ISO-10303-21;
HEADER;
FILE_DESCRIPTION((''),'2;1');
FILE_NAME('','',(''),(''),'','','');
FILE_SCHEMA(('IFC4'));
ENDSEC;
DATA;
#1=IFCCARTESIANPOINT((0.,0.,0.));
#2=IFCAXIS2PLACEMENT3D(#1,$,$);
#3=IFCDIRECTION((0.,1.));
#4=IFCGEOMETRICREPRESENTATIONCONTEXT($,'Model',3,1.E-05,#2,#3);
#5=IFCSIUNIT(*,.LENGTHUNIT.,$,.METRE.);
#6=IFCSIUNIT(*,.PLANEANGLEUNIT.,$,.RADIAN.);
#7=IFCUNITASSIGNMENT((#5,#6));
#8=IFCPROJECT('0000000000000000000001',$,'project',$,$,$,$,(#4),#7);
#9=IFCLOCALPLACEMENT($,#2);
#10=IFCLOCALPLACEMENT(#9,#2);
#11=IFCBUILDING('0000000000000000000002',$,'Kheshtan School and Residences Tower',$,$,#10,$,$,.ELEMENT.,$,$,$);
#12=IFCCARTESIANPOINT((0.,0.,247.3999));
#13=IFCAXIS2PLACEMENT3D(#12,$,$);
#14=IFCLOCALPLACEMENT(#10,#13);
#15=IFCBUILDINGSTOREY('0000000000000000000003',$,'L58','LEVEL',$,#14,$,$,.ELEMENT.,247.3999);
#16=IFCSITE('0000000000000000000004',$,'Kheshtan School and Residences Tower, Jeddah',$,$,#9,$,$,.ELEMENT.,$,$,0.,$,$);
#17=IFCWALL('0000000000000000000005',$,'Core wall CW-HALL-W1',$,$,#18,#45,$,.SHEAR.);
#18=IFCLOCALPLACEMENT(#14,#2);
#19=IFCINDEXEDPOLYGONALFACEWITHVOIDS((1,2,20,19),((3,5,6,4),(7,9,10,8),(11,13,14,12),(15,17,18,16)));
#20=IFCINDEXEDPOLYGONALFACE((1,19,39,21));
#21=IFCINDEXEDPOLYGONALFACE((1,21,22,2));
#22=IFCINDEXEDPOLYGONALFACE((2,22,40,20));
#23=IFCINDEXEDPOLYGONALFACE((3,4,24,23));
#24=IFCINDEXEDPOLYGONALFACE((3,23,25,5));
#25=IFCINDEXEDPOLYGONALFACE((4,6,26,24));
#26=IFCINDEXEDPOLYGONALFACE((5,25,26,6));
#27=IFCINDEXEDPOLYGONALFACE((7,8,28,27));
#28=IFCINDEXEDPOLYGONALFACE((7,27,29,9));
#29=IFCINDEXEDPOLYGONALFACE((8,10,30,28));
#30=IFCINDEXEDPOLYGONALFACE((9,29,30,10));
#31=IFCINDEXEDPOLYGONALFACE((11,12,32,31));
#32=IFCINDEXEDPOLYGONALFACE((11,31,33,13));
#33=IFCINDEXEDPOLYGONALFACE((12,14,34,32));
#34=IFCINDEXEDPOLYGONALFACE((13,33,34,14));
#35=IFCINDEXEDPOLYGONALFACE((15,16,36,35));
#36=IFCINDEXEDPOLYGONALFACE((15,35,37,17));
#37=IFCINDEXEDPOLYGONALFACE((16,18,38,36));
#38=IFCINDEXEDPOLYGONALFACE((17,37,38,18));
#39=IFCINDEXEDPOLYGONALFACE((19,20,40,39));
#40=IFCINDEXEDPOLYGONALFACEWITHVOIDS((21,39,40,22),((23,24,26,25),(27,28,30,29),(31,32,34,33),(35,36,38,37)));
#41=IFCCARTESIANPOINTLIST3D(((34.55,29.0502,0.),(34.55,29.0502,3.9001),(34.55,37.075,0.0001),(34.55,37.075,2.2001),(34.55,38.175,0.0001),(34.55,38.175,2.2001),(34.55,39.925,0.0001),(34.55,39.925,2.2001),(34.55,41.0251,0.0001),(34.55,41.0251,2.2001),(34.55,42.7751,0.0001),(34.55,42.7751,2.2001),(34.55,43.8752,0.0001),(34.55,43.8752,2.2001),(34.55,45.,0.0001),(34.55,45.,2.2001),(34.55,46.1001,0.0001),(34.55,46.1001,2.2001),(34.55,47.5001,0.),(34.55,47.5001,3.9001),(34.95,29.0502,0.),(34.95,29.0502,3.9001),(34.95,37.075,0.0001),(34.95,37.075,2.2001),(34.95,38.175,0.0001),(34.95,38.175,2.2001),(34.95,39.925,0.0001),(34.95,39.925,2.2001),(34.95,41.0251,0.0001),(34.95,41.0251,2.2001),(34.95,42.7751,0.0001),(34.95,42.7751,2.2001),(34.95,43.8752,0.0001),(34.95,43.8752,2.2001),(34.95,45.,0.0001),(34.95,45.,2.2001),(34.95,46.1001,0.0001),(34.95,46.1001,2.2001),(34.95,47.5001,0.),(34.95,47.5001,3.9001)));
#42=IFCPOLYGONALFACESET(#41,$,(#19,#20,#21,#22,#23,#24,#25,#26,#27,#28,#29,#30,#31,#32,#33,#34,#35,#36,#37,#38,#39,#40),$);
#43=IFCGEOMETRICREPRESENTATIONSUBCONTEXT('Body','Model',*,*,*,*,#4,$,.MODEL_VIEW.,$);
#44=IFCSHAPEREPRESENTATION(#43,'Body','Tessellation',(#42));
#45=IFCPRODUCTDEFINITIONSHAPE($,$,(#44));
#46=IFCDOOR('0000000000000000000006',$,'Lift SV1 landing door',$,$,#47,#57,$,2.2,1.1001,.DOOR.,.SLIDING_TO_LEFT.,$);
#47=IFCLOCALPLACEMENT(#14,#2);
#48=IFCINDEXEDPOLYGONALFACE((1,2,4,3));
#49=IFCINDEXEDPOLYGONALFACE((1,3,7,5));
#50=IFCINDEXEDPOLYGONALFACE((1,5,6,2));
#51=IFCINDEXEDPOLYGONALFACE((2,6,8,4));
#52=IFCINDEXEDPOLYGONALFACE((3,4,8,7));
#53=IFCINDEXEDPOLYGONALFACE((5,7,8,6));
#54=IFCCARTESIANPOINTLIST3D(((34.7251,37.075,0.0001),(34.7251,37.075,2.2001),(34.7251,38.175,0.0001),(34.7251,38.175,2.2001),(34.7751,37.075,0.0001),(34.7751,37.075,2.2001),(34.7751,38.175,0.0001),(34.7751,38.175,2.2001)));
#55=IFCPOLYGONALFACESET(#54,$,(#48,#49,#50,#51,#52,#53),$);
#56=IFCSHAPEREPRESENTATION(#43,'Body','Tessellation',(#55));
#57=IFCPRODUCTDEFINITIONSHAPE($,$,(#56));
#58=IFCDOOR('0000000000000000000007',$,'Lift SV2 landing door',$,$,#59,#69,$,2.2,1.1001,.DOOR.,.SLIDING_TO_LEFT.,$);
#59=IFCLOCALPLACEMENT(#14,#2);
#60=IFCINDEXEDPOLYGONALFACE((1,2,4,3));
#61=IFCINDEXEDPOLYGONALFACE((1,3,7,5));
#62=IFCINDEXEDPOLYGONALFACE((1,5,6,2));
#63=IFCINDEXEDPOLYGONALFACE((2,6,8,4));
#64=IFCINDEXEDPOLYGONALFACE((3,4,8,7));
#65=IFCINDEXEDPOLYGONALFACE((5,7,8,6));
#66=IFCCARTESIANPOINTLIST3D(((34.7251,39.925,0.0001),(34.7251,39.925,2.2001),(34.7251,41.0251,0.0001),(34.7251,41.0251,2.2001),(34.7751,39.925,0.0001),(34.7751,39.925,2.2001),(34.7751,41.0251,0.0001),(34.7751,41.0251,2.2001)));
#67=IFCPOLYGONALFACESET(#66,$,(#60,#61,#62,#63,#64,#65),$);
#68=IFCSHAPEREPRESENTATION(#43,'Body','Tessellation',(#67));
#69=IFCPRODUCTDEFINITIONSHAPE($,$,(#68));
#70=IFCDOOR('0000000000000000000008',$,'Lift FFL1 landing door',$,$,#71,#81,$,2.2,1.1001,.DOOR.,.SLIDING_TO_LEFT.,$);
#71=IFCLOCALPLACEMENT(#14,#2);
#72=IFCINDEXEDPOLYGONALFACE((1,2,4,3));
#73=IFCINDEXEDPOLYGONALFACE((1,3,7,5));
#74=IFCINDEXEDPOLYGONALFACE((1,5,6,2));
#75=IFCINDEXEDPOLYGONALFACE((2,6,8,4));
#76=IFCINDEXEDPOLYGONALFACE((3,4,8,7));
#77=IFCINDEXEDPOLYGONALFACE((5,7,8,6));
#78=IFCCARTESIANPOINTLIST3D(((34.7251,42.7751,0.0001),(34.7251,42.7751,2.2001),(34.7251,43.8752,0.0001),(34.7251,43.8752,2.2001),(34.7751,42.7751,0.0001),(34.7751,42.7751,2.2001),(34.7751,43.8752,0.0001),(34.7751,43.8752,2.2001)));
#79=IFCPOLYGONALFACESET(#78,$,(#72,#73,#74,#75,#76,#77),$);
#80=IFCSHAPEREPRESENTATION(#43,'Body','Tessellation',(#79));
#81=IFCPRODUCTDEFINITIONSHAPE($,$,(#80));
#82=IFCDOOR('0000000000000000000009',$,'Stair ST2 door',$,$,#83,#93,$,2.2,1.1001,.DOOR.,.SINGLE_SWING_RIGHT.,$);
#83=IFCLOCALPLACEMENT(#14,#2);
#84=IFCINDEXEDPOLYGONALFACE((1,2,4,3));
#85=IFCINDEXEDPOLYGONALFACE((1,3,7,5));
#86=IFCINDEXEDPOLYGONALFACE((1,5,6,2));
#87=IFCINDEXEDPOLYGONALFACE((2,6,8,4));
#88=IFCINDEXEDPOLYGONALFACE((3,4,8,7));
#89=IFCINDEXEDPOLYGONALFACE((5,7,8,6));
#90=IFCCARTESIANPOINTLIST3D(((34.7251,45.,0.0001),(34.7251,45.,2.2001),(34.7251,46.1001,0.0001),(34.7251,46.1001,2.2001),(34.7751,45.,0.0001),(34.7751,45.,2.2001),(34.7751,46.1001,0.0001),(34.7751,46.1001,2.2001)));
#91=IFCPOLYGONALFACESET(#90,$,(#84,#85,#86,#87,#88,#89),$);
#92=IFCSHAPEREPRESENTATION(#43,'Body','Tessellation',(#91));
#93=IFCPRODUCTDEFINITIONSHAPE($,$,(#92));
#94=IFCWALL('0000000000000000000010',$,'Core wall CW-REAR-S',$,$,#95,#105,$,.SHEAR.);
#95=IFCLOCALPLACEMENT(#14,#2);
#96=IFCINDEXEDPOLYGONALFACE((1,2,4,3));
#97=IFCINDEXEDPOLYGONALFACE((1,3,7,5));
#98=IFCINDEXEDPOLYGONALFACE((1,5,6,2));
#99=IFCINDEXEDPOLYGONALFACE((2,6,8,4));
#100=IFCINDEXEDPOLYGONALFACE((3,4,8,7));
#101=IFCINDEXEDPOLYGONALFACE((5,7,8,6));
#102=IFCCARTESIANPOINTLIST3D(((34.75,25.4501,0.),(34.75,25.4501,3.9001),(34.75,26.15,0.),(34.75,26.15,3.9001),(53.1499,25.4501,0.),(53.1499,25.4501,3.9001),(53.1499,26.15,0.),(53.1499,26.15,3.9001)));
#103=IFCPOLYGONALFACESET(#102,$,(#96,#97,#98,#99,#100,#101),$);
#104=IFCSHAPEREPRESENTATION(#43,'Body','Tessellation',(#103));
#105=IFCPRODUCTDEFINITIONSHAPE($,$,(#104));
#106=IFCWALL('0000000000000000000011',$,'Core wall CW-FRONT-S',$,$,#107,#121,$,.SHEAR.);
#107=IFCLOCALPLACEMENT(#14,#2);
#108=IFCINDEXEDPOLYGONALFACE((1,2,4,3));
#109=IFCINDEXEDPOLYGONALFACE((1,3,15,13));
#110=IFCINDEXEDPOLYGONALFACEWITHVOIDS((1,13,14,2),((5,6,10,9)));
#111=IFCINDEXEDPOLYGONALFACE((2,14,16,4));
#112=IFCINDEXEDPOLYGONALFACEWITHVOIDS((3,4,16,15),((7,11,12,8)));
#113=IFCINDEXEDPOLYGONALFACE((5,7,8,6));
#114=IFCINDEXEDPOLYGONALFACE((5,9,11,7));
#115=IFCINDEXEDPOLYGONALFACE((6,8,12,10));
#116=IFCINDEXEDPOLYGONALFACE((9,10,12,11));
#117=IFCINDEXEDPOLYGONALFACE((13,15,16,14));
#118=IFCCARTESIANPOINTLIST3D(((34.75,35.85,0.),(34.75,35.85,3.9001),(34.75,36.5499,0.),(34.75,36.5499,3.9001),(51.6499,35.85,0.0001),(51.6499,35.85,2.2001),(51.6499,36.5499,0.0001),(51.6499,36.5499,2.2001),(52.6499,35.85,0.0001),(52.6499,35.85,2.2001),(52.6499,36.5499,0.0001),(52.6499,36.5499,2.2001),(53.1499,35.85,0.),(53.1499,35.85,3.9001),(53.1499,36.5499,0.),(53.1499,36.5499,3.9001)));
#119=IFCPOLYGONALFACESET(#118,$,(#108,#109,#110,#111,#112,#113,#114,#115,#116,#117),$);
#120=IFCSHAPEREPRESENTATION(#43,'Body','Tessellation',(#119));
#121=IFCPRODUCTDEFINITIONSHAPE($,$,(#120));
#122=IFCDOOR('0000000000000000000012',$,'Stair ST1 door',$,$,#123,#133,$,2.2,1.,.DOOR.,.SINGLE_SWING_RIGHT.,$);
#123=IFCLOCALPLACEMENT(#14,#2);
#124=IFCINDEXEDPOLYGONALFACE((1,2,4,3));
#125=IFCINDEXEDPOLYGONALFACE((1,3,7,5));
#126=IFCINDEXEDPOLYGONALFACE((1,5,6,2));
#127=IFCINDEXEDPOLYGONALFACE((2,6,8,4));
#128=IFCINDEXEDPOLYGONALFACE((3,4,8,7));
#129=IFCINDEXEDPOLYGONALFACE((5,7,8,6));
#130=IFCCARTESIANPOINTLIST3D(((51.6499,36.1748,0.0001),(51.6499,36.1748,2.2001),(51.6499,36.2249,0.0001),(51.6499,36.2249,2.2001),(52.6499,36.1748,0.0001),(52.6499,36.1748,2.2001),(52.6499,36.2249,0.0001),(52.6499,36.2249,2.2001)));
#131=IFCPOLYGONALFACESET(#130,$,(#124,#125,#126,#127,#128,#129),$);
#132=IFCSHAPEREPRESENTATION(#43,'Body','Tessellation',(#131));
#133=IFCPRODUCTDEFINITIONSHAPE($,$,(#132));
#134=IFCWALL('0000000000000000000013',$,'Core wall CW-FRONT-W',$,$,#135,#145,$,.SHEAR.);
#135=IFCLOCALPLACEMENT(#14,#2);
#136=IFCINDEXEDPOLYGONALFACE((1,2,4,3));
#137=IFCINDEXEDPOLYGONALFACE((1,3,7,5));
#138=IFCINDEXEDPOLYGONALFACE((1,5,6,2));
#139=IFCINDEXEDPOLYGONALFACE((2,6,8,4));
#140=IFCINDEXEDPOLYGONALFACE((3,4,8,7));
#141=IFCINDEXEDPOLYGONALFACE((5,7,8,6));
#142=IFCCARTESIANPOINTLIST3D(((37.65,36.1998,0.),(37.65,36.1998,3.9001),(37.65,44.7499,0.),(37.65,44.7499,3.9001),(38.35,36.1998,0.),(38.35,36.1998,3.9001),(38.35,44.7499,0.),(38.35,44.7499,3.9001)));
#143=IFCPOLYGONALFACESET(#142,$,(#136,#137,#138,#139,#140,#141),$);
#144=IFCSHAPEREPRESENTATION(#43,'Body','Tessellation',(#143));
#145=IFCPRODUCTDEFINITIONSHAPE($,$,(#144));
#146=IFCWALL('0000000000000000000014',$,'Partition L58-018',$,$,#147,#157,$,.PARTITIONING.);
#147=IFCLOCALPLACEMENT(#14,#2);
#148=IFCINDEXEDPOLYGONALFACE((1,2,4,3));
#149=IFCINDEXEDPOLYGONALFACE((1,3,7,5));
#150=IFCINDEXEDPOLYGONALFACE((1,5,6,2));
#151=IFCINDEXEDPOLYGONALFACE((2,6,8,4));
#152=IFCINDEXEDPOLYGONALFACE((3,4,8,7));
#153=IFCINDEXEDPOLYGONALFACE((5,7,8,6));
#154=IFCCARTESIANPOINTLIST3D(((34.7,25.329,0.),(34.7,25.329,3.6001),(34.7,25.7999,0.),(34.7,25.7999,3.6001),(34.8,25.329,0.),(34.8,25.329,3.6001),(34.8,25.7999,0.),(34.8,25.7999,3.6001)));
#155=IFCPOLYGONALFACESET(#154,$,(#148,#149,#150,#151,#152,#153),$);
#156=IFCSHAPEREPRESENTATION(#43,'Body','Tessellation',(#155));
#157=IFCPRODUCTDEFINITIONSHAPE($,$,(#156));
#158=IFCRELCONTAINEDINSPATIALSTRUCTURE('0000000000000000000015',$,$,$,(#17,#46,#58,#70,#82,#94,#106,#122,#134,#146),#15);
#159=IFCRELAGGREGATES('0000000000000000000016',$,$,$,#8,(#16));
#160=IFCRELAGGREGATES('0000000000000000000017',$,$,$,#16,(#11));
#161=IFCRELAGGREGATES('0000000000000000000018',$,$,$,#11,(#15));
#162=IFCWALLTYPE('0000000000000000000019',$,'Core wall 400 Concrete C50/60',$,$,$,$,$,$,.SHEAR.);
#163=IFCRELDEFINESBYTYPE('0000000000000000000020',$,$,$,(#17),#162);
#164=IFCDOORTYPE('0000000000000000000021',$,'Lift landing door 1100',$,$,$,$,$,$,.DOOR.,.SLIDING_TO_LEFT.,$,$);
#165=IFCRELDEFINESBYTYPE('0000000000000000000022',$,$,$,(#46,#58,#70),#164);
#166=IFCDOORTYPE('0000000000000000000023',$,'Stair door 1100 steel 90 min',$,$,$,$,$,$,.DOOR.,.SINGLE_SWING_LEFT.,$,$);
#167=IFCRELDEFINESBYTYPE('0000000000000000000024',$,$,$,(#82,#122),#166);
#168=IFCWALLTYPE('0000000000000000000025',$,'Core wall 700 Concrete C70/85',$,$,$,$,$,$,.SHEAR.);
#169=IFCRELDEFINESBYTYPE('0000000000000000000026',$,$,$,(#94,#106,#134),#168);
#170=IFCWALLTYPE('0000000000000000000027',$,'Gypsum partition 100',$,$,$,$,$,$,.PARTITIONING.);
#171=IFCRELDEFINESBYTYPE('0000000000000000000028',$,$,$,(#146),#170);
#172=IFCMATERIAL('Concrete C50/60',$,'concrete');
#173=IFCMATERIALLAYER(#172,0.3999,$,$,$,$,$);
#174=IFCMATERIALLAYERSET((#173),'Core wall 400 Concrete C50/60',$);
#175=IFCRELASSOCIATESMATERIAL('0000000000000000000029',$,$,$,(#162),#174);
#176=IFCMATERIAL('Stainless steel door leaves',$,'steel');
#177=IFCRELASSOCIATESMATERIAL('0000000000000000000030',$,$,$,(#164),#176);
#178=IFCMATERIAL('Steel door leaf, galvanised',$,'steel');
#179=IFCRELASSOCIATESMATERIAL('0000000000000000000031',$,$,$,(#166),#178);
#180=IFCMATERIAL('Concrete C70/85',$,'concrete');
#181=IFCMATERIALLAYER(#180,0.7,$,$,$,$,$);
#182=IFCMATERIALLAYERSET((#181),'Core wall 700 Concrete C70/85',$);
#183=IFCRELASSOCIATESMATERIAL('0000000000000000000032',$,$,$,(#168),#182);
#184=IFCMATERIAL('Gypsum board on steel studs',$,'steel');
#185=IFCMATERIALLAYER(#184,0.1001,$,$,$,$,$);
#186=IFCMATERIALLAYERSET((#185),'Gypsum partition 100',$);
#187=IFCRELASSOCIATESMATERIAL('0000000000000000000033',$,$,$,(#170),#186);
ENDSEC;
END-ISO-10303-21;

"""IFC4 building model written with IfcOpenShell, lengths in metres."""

from ifc_helpers import new_model, si_unit, direction, frame, frame_2d, origin, place, context, subcontext, project, spatial, rectangle, extrude, source, transform, mapped, material, layer, layer_set, type_object, element, fill, save


model = new_model("IFC4")

# Units and contexts
model_context = context("Model", 3, precision=1e-05, world=origin(), true_north=direction((0.0, 1.0)))
body_context = subcontext(model_context, "Body", "Model", "MODEL_VIEW")
ifc_project = project(units=[si_unit("LENGTHUNIT", "METRE"), si_unit("PLANEANGLEUNIT", "RADIAN")], contexts=[model_context])

# Site, building, storey
site_placement = place(None, origin())
site = spatial("IfcSite", under=ifc_project, at=site_placement, Name="Kheshtan School and Residences Tower, Jeddah", CompositionType="ELEMENT", RefElevation=0.0)
building_placement = place(site_placement, origin())
building = spatial("IfcBuilding", under=site, at=building_placement, Name="Kheshtan School and Residences Tower", CompositionType="ELEMENT")
storey_placement = place(building_placement, frame((0.0, 0.0, 247.3999)))
storey = spatial("IfcBuildingStorey", under=building, at=storey_placement, Name="L58", Description="LEVEL", CompositionType="ELEMENT", Elevation=247.3999)

# Shared definitions
ifc_material_1 = material(Name="Concrete C50/60", Category="concrete")
ifc_layer_1 = layer(ifc_material_1, 0.3999)
ifc_layer_set_1 = layer_set([ifc_layer_1], Name="Core wall 400 Concrete C50/60")
wall_type_1 = type_object("IfcWallType", Name="Core wall 400 Concrete C50/60", PredefinedType="SHEAR", material=ifc_layer_set_1)
ifc_material_2 = material(Name="Stainless steel door leaves", Category="steel")
door_type_1 = type_object("IfcDoorType", Name="Lift landing door 1100", OperationType="SLIDING_TO_LEFT", PredefinedType="DOOR", material=ifc_material_2)
shared_shape_1 = source(origin(), body_context, "Body", "SweptSolid", [
    extrude(rectangle(XDim=1.1001, YDim=2.2, at=frame_2d((0.55, 1.1001))), frame((0.0, 0.0249, 0.0), z_axis=(0.0, -1.0, 0.0), x_axis=(1.0, 0.0, 0.0)), (0.0, 0.0, 1.0), 0.05),
])

# Wall, openings, doors
wall_1_placement = place(storey_placement, frame((34.75, 29.05, 0.0), z_axis=(0.0, 0.0, 1.0), x_axis=(0.0, 1.0, 0.0)))
wall_1 = element("IfcWall", 1, at=wall_1_placement, inside=storey, type_object=wall_type_1, Name="Core wall CW-HALL-W1", PredefinedType="SHEAR", context=body_context, shape_type="SweptSolid", body=[
    extrude(rectangle(XDim=18.45, YDim=0.3999, at=frame_2d((9.2251, 0.0))), origin(), (0.0, 0.0, 1.0), 3.9001),
])
opening_1_placement = place(wall_1_placement, frame((8.0249, 0.0, 0.0)))
opening_1 = element("IfcOpeningElement", 2, at=opening_1_placement, cuts=wall_1, PredefinedType="OPENING", context=body_context, shape_type="SweptSolid", body=[
    extrude(rectangle(XDim=1.1001, YDim=2.2, at=frame_2d((0.55, 1.1001))), frame((0.0, 0.21, 0.0), z_axis=(0.0, -1.0, 0.0), x_axis=(1.0, 0.0, 0.0)), (0.0, 0.0, 1.0), 0.4199),
])
opening_2_placement = place(wall_1_placement, frame((10.875, 0.0, 0.0)))
opening_2 = element("IfcOpeningElement", 3, at=opening_2_placement, cuts=wall_1, PredefinedType="OPENING", context=body_context, shape_type="SweptSolid", body=[
    extrude(rectangle(XDim=1.1001, YDim=2.2, at=frame_2d((0.55, 1.1001))), frame((0.0, 0.21, 0.0), z_axis=(0.0, -1.0, 0.0), x_axis=(1.0, 0.0, 0.0)), (0.0, 0.0, 1.0), 0.4199),
])
opening_3_placement = place(wall_1_placement, frame((13.7251, 0.0, 0.0)))
opening_3 = element("IfcOpeningElement", 4, at=opening_3_placement, cuts=wall_1, PredefinedType="OPENING", context=body_context, shape_type="SweptSolid", body=[
    extrude(rectangle(XDim=1.1001, YDim=2.2, at=frame_2d((0.55, 1.1001))), frame((0.0, 0.21, 0.0), z_axis=(0.0, -1.0, 0.0), x_axis=(1.0, 0.0, 0.0)), (0.0, 0.0, 1.0), 0.4199),
])
opening_4_placement = place(wall_1_placement, frame((15.95, 0.0, 0.0)))
opening_4 = element("IfcOpeningElement", 5, at=opening_4_placement, cuts=wall_1, PredefinedType="OPENING", context=body_context, shape_type="SweptSolid", body=[
    extrude(rectangle(XDim=1.1001, YDim=2.2, at=frame_2d((0.55, 1.1001))), frame((0.0, 0.21, 0.0), z_axis=(0.0, -1.0, 0.0), x_axis=(1.0, 0.0, 0.0)), (0.0, 0.0, 1.0), 0.4199),
])
door_1_placement = place(opening_1_placement, origin())
door_1 = element("IfcDoor", 6, at=door_1_placement, inside=storey, type_object=door_type_1, Name="Lift SV1 landing door", OperationType="SLIDING_TO_LEFT", OverallHeight=2.2, OverallWidth=1.1001, PredefinedType="DOOR", context=body_context, shape_type="MappedRepresentation", body=[
    mapped(shared_shape_1, transform((0.0, 0.0, 0.0), x_axis=(1.0, 0.0, 0.0), y_axis=(0.0, 1.0, 0.0), z_axis=(0.0, 0.0, 1.0), scale=1.0)),
])
fill(opening_1, door_1)
door_2_placement = place(opening_2_placement, origin())
door_2 = element("IfcDoor", 7, at=door_2_placement, inside=storey, type_object=door_type_1, Name="Lift SV2 landing door", OperationType="SLIDING_TO_LEFT", OverallHeight=2.2, OverallWidth=1.1001, PredefinedType="DOOR", context=body_context, shape_type="MappedRepresentation", body=[
    mapped(shared_shape_1, transform((0.0, 0.0, 0.0), x_axis=(1.0, 0.0, 0.0), y_axis=(0.0, 1.0, 0.0), z_axis=(0.0, 0.0, 1.0), scale=1.0)),
])
fill(opening_2, door_2)
door_3_placement = place(opening_3_placement, origin())
door_3 = element("IfcDoor", 8, at=door_3_placement, inside=storey, type_object=door_type_1, Name="Lift FFL1 landing door", OperationType="SLIDING_TO_LEFT", OverallHeight=2.2, OverallWidth=1.1001, PredefinedType="DOOR", context=body_context, shape_type="MappedRepresentation", body=[
    mapped(shared_shape_1, transform((0.0, 0.0, 0.0), x_axis=(1.0, 0.0, 0.0), y_axis=(0.0, 1.0, 0.0), z_axis=(0.0, 0.0, 1.0), scale=1.0)),
])
fill(opening_3, door_3)
ifc_material_3 = material(Name="Steel door leaf, galvanised", Category="steel")
door_type_2 = type_object("IfcDoorType", Name="Stair door 1100 steel 90 min", OperationType="SINGLE_SWING_LEFT", PredefinedType="DOOR", material=ifc_material_3)
shared_shape_2 = source(origin(), body_context, "Body", "SweptSolid", [
    extrude(rectangle(XDim=1.1001, YDim=2.2, at=frame_2d((0.55, 1.1001))), frame((0.0, 0.0249, 0.0), z_axis=(0.0, -1.0, 0.0), x_axis=(1.0, 0.0, 0.0)), (0.0, 0.0, 1.0), 0.05),
])
door_4_placement = place(opening_4_placement, origin())
door_4 = element("IfcDoor", 9, at=door_4_placement, inside=storey, type_object=door_type_2, Name="Stair ST2 door", OperationType="SINGLE_SWING_RIGHT", OverallHeight=2.2, OverallWidth=1.1001, PredefinedType="DOOR", context=body_context, shape_type="MappedRepresentation", body=[
    mapped(shared_shape_2, transform((0.0, 0.0, 0.0), x_axis=(1.0, 0.0, 0.0), y_axis=(0.0, 1.0, 0.0), z_axis=(0.0, 0.0, 1.0), scale=1.0)),
])
fill(opening_4, door_4)

# Wall
ifc_material_4 = material(Name="Concrete C70/85", Category="concrete")
ifc_layer_2 = layer(ifc_material_4, 0.7)
ifc_layer_set_2 = layer_set([ifc_layer_2], Name="Core wall 700 Concrete C70/85")
wall_type_2 = type_object("IfcWallType", Name="Core wall 700 Concrete C70/85", PredefinedType="SHEAR", material=ifc_layer_set_2)
wall_2_placement = place(storey_placement, frame((34.75, 25.8, 0.0), z_axis=(0.0, 0.0, 1.0), x_axis=(1.0, 0.0, 0.0)))
element("IfcWall", 10, at=wall_2_placement, inside=storey, type_object=wall_type_2, Name="Core wall CW-REAR-S", PredefinedType="SHEAR", context=body_context, shape_type="SweptSolid", body=[
    extrude(rectangle(XDim=18.3999, YDim=0.7, at=frame_2d((9.2, 0.0))), origin(), (0.0, 0.0, 1.0), 3.9001),
])

# Wall, opening, door
wall_3_placement = place(storey_placement, frame((34.75, 36.2, 0.0), z_axis=(0.0, 0.0, 1.0), x_axis=(1.0, 0.0, 0.0)))
wall_3 = element("IfcWall", 11, at=wall_3_placement, inside=storey, type_object=wall_type_2, Name="Core wall CW-FRONT-S", PredefinedType="SHEAR", context=body_context, shape_type="SweptSolid", body=[
    extrude(rectangle(XDim=18.3999, YDim=0.7, at=frame_2d((9.2, 0.0))), origin(), (0.0, 0.0, 1.0), 3.9001),
])
opening_5_placement = place(wall_3_placement, frame((16.8999, 0.0, 0.0)))
opening_5 = element("IfcOpeningElement", 12, at=opening_5_placement, cuts=wall_3, PredefinedType="OPENING", context=body_context, shape_type="SweptSolid", body=[
    extrude(rectangle(XDim=1.0, YDim=2.2, at=frame_2d((0.5, 1.1001))), frame((0.0, 0.3599, 0.0), z_axis=(0.0, -1.0, 0.0), x_axis=(1.0, 0.0, 0.0)), (0.0, 0.0, 1.0), 0.72),
])
shared_shape_3 = source(origin(), body_context, "Body", "SweptSolid", [
    extrude(rectangle(XDim=1.0, YDim=2.2, at=frame_2d((0.5, 1.1001))), frame((0.0, 0.0249, 0.0), z_axis=(0.0, -1.0, 0.0), x_axis=(1.0, 0.0, 0.0)), (0.0, 0.0, 1.0), 0.05),
])
door_5_placement = place(opening_5_placement, origin())
door_5 = element("IfcDoor", 13, at=door_5_placement, inside=storey, type_object=door_type_2, Name="Stair ST1 door", OperationType="SINGLE_SWING_RIGHT", OverallHeight=2.2, OverallWidth=1.0, PredefinedType="DOOR", context=body_context, shape_type="MappedRepresentation", body=[
    mapped(shared_shape_3, transform((0.0, 0.0, 0.0), x_axis=(1.0, 0.0, 0.0), y_axis=(0.0, 1.0, 0.0), z_axis=(0.0, 0.0, 1.0), scale=1.0)),
])
fill(opening_5, door_5)

# Walls
wall_4_placement = place(storey_placement, frame((38.0, 36.2, 0.0), z_axis=(0.0, 0.0, 1.0), x_axis=(0.0, 1.0, 0.0)))
element("IfcWall", 14, at=wall_4_placement, inside=storey, type_object=wall_type_2, Name="Core wall CW-FRONT-W", PredefinedType="SHEAR", context=body_context, shape_type="SweptSolid", body=[
    extrude(rectangle(XDim=8.55, YDim=0.7, at=frame_2d((4.2749, 0.0))), origin(), (0.0, 0.0, 1.0), 3.9001),
])
ifc_material_5 = material(Name="Gypsum board on steel studs", Category="steel")
ifc_layer_3 = layer(ifc_material_5, 0.1001)
ifc_layer_set_3 = layer_set([ifc_layer_3], Name="Gypsum partition 100")
wall_type_3 = type_object("IfcWallType", Name="Gypsum partition 100", PredefinedType="PARTITIONING", material=ifc_layer_set_3)
wall_5_placement = place(storey_placement, frame((34.75, 25.3291, 0.0), z_axis=(0.0, 0.0, 1.0), x_axis=(0.0, 1.0, 0.0)))
element("IfcWall", 15, at=wall_5_placement, inside=storey, type_object=wall_type_3, Name="Partition L58-018", PredefinedType="PARTITIONING", context=body_context, shape_type="SweptSolid", body=[
    extrude(rectangle(XDim=0.4709, YDim=0.1001, at=frame_2d((0.2354, 0.0))), origin(), (0.0, 0.0, 1.0), 3.6001),
])

save(model, "model.ifc")
